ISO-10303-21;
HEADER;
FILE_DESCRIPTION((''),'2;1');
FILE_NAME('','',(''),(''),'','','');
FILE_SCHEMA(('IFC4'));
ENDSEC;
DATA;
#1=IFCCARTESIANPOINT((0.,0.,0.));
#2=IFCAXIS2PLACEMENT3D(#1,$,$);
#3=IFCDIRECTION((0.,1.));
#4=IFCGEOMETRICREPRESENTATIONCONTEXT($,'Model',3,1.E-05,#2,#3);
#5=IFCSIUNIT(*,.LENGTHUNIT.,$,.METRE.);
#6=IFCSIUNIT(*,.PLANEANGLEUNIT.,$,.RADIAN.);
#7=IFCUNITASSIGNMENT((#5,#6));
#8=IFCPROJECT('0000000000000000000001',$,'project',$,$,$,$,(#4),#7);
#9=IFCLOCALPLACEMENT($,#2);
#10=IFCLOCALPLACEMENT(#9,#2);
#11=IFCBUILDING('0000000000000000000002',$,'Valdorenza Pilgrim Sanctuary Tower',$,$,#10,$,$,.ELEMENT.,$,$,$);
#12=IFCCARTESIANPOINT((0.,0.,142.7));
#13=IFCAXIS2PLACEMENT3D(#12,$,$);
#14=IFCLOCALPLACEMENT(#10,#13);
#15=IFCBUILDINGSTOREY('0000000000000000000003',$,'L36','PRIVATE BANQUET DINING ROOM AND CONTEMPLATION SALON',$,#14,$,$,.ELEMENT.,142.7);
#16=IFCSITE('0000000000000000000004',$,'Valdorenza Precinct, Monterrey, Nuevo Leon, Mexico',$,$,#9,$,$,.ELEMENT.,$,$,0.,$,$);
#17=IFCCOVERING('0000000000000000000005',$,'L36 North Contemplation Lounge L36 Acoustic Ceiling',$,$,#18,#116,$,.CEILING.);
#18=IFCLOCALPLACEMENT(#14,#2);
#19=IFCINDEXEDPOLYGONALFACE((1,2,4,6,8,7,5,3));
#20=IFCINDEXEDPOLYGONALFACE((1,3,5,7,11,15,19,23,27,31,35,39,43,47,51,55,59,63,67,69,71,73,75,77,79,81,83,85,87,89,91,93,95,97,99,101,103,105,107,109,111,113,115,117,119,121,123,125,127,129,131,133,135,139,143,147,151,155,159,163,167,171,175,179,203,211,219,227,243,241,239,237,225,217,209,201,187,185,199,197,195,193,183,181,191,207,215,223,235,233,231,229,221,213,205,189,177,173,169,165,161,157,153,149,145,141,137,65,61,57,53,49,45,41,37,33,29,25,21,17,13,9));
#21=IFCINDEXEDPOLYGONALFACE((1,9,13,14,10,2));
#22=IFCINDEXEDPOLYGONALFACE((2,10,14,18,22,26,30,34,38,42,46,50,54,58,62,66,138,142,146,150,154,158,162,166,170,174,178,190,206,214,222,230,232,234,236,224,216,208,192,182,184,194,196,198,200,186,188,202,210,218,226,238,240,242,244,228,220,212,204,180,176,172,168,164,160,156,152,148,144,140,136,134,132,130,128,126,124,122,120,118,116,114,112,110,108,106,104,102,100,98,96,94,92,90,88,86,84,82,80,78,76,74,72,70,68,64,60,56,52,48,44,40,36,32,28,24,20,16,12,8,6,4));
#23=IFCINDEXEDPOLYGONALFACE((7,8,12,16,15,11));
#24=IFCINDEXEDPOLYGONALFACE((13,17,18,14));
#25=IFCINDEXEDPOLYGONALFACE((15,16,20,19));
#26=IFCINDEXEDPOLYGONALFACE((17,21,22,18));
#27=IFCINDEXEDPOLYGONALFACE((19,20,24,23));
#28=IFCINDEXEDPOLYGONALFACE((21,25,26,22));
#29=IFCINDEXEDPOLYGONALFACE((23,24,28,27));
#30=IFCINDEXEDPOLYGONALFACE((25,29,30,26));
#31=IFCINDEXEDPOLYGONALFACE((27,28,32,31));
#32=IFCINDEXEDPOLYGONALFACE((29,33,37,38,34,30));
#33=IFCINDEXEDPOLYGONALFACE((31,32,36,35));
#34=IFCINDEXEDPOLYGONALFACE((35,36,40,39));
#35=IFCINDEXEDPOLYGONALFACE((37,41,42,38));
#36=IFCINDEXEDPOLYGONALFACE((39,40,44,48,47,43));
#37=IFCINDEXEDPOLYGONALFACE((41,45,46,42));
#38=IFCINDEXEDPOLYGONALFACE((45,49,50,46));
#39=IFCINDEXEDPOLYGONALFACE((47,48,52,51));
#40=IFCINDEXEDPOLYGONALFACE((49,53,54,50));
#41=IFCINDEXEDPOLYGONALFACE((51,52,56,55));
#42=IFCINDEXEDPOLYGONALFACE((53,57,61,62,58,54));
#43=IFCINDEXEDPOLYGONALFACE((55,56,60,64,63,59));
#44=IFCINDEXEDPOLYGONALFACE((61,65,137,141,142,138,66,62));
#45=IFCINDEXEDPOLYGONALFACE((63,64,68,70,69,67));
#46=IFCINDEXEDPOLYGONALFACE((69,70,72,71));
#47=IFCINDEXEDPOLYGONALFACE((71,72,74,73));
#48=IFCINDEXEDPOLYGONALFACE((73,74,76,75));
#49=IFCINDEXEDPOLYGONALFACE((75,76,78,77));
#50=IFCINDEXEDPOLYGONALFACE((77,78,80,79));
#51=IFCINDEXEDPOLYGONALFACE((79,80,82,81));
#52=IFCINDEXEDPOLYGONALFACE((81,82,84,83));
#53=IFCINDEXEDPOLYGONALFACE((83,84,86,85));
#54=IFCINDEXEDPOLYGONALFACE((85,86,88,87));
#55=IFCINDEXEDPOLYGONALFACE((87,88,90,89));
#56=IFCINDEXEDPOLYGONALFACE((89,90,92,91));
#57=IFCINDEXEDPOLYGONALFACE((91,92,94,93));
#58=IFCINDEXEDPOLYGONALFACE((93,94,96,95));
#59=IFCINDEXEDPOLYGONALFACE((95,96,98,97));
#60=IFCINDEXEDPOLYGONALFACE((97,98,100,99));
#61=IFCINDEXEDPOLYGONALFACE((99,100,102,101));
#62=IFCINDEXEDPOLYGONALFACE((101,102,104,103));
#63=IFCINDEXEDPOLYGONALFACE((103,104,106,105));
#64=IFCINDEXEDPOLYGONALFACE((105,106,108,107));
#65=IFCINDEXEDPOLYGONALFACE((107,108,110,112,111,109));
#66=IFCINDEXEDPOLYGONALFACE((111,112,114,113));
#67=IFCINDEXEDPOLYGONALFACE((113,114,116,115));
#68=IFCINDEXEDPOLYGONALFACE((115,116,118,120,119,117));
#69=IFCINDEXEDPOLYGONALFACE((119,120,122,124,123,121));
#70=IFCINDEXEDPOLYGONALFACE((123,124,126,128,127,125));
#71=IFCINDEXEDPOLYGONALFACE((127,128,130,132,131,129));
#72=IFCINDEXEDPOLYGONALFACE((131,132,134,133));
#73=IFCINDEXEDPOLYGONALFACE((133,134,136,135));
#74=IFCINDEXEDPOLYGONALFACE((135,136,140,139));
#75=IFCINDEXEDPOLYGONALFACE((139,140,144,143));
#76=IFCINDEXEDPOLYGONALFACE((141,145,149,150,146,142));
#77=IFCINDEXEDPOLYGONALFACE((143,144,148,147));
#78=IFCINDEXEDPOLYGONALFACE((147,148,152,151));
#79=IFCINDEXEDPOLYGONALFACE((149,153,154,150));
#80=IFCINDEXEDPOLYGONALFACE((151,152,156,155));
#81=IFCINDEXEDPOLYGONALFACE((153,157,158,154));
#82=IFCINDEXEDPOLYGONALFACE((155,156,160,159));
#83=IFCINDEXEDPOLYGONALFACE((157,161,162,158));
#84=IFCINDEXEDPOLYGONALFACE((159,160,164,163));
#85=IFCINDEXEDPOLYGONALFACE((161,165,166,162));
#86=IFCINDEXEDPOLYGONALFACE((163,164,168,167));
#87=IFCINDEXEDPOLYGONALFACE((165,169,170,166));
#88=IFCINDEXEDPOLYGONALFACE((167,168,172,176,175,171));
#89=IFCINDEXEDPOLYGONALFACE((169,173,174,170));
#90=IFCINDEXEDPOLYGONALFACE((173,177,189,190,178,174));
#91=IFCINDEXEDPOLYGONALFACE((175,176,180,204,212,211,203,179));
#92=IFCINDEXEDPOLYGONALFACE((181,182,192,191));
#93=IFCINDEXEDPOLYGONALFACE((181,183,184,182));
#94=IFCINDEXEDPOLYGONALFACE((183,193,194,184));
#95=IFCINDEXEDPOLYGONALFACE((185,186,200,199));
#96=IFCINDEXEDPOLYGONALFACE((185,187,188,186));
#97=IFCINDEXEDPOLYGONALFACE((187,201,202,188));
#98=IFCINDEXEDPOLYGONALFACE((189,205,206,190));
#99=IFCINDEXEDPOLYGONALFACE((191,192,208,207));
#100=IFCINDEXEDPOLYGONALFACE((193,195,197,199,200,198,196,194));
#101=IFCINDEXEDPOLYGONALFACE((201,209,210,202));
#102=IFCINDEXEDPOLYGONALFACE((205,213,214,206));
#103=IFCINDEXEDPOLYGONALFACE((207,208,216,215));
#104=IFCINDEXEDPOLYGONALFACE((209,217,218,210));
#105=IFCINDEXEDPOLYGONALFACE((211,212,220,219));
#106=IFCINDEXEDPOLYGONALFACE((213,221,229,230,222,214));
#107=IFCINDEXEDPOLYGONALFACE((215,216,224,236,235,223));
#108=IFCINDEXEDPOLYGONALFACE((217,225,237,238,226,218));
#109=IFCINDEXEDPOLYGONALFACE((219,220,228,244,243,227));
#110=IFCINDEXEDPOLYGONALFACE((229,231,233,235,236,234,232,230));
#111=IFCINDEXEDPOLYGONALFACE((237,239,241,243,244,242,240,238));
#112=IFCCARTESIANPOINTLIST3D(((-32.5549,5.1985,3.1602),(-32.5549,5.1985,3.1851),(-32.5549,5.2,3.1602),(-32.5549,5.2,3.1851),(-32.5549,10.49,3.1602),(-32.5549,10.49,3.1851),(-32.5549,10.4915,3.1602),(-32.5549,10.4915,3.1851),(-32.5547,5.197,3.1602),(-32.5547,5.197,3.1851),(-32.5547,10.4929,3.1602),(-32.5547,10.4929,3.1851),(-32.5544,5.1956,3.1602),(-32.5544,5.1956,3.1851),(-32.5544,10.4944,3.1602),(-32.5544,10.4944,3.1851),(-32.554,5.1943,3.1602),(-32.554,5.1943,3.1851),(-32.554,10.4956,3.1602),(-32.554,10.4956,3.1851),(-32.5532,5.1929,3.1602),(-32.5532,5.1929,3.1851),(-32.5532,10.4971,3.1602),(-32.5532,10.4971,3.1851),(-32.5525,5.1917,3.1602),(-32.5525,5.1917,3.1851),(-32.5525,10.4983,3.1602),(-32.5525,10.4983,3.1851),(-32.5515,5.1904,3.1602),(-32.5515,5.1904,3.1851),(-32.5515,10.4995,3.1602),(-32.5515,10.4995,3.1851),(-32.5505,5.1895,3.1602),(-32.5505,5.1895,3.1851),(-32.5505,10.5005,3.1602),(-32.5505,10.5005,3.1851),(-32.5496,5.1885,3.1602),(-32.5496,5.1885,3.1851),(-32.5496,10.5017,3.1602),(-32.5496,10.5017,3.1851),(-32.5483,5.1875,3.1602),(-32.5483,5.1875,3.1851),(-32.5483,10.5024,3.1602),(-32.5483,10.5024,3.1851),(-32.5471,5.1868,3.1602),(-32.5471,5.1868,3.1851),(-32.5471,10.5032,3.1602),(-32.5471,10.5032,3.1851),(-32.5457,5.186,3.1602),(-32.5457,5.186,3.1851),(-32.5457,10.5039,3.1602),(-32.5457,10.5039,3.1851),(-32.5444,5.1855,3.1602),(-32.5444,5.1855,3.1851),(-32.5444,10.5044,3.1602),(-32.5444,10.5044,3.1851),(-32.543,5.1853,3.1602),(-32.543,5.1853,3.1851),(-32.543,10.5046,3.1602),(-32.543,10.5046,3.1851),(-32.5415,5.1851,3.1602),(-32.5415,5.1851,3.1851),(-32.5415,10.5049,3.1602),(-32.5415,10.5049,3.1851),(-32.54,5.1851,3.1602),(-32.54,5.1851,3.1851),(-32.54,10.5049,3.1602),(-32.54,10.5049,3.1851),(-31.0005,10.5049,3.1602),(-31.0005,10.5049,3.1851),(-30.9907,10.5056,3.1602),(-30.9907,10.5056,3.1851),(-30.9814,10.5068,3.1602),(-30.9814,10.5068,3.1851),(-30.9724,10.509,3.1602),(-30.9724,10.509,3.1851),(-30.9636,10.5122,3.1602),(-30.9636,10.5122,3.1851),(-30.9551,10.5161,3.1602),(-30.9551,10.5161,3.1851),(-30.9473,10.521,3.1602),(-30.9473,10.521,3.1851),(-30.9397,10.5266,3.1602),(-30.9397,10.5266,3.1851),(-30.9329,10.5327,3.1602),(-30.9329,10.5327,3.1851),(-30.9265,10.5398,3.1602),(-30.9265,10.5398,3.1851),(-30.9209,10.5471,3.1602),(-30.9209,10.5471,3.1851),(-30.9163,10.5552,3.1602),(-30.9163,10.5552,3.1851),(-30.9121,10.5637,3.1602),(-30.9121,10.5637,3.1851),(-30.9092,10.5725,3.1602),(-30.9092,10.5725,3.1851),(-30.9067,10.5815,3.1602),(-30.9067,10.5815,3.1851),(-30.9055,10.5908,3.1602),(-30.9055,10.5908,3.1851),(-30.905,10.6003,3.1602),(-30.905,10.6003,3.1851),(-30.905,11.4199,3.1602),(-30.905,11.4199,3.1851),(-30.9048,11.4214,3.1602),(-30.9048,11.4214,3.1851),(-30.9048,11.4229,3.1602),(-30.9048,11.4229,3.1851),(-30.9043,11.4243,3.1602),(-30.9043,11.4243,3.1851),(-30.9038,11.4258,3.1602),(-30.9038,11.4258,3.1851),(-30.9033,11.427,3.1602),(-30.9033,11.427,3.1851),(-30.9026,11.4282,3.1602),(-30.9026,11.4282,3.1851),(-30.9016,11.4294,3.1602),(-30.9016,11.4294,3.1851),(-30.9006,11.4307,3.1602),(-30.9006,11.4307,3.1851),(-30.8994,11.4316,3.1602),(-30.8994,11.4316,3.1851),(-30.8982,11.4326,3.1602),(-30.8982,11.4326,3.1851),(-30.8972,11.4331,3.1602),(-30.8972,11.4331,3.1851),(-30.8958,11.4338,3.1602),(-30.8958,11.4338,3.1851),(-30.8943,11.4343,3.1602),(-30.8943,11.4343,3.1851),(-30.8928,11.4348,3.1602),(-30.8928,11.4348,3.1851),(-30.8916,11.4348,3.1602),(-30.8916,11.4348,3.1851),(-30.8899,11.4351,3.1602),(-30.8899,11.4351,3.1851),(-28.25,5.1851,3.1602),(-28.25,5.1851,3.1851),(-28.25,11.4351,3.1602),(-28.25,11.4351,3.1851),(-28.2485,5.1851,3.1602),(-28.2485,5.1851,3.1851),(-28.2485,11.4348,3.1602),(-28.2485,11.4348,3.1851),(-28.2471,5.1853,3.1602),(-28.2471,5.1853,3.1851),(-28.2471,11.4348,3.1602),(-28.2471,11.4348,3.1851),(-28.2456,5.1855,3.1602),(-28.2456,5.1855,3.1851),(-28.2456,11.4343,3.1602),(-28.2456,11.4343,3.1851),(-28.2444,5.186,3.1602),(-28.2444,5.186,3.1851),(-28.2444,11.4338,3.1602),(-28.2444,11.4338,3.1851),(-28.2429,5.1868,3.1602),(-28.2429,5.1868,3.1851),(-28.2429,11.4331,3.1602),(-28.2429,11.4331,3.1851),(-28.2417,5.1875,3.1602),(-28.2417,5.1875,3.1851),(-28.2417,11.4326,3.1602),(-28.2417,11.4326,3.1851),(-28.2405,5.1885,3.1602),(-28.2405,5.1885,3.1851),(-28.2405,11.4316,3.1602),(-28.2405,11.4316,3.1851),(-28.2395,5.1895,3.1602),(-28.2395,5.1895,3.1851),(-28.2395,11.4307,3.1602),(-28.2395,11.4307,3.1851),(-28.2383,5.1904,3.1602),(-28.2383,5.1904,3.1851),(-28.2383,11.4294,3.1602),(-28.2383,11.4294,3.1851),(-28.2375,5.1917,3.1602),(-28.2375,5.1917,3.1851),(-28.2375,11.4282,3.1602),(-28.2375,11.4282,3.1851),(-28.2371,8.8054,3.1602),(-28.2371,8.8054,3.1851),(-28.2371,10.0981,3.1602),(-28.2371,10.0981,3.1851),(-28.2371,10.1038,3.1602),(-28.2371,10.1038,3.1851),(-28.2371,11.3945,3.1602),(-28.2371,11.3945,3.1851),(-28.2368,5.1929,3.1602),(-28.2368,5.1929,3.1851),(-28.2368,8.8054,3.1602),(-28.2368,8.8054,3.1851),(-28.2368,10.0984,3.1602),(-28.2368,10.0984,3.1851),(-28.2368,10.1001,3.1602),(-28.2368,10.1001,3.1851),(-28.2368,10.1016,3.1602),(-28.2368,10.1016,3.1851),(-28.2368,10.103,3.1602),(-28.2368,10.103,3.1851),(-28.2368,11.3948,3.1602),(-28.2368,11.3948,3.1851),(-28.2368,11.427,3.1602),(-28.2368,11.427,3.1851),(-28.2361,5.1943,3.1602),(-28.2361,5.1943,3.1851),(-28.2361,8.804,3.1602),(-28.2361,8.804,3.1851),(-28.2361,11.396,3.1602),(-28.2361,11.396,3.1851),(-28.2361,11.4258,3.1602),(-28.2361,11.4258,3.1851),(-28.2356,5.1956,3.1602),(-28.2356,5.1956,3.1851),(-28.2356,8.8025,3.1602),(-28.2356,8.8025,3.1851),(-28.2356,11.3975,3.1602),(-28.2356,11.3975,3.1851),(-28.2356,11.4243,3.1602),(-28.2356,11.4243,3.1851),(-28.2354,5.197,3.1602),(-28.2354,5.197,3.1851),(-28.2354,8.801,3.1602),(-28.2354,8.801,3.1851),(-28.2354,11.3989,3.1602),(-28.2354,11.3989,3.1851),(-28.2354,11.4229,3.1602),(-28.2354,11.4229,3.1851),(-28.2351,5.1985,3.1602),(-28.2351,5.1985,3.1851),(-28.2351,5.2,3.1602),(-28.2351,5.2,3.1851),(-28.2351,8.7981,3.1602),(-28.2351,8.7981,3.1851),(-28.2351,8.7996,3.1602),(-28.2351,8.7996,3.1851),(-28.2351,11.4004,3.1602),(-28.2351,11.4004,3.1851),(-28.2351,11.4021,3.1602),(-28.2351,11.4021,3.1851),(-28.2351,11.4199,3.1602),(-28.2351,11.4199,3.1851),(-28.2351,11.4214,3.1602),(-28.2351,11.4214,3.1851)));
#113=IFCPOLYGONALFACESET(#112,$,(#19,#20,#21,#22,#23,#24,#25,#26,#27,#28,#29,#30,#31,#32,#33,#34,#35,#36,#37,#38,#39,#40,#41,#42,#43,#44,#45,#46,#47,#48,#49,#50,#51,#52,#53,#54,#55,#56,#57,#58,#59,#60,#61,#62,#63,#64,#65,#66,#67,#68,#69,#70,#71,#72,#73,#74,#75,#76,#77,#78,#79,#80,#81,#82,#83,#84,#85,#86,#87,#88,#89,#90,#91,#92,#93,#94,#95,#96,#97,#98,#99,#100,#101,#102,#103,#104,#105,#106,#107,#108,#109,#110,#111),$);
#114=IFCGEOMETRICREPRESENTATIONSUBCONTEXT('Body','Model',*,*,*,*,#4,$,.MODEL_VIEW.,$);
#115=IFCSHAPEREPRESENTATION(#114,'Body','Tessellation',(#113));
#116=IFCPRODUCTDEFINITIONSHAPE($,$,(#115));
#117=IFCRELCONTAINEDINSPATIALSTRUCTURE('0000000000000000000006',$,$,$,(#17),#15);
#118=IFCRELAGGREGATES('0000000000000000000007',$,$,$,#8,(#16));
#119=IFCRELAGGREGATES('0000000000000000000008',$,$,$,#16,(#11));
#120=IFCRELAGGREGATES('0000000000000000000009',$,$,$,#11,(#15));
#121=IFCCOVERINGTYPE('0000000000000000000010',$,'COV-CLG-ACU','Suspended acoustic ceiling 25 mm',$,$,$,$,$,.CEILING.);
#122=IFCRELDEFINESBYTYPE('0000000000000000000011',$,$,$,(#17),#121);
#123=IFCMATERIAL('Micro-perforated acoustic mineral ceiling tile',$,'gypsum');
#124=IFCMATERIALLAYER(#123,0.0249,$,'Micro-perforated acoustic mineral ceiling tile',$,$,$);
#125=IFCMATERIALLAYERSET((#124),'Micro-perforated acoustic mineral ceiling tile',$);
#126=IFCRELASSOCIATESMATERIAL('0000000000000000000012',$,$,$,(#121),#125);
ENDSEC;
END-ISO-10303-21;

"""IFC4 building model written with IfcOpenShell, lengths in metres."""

from ifc_helpers import new_model, si_unit, direction, frame, origin, place, context, subcontext, project, spatial, polyline, outline, extrude, material, layer, layer_set, type_object, element, save


model = new_model("IFC4")

# Units and contexts
model_context = context("Model", 3, precision=1e-05, world=origin(), true_north=direction((0.0, 1.0)))
body_context = subcontext(model_context, "Body", "Model", "MODEL_VIEW")
ifc_project = project(units=[si_unit("LENGTHUNIT", "METRE"), si_unit("PLANEANGLEUNIT", "RADIAN")], contexts=[model_context])

# Site, building, storey
site_placement = place(None, origin())
site = spatial("IfcSite", under=ifc_project, at=site_placement, Name="Valdorenza Precinct, Monterrey, Nuevo Leon, Mexico", CompositionType="ELEMENT", RefElevation=0.0)
building_placement = place(site_placement, origin())
building = spatial("IfcBuilding", under=site, at=building_placement, Name="Valdorenza Pilgrim Sanctuary Tower", CompositionType="ELEMENT")
storey_placement = place(building_placement, frame((0.0, 0.0, 142.7)))
storey = spatial("IfcBuildingStorey", under=building, at=storey_placement, Name="L36", Description="PRIVATE BANQUET DINING ROOM AND CONTEMPLATION SALON", CompositionType="ELEMENT", Elevation=142.7)

# Covering
ifc_material_1 = material(Name="Micro-perforated acoustic mineral ceiling tile", Category="gypsum")
ifc_layer_1 = layer(ifc_material_1, 0.0249, Name="Micro-perforated acoustic mineral ceiling tile")
ifc_layer_set_1 = layer_set([ifc_layer_1], Name="Micro-perforated acoustic mineral ceiling tile")
covering_type_1 = type_object("IfcCoveringType", Name="COV-CLG-ACU", Description="Suspended acoustic ceiling 25 mm", PredefinedType="CEILING", material=ifc_layer_set_1)
covering_1_placement = place(storey_placement, frame((0.0, 0.0, 3.1602)))
element("IfcCovering", 1, at=covering_1_placement, inside=storey, type_object=covering_type_1, Name="L36 North Contemplation Lounge L36 Acoustic Ceiling", PredefinedType="CEILING", context=body_context, shape_type="SweptSolid", body=[
    extrude(outline(polyline([(-28.2371, 8.8054), (-28.2368, 8.8054), (-28.2361, 8.804), (-28.2356, 8.8025), (-28.2354, 8.801), (-28.2351, 8.7996), (-28.2351, 8.7981), (-28.2351, 5.2), (-28.2351, 5.1985), (-28.2354, 5.197), (-28.2356, 5.1956), (-28.2361, 5.1943), (-28.2368, 5.1929), (-28.2375, 5.1917), (-28.2383, 5.1904), (-28.2395, 5.1895), (-28.2405, 5.1885), (-28.2417, 5.1875), (-28.2429, 5.1868), (-28.2444, 5.186), (-28.2456, 5.1855), (-28.2471, 5.1853), (-28.2485, 5.1851), (-28.25, 5.1851), (-32.54, 5.1851), (-32.5415, 5.1851), (-32.543, 5.1853), (-32.5444, 5.1855), (-32.5457, 5.186), (-32.5471, 5.1868), (-32.5483, 5.1875), (-32.5496, 5.1885), (-32.5505, 5.1895), (-32.5515, 5.1904), (-32.5525, 5.1917), (-32.5532, 5.1929), (-32.554, 5.1943), (-32.5544, 5.1956), (-32.5547, 5.197), (-32.5549, 5.1985), (-32.5549, 5.2), (-32.5549, 10.49), (-32.5549, 10.4915), (-32.5547, 10.4929), (-32.5544, 10.4944), (-32.554, 10.4956), (-32.5532, 10.4971), (-32.5525, 10.4983), (-32.5515, 10.4995), (-32.5505, 10.5005), (-32.5496, 10.5017), (-32.5483, 10.5024), (-32.5471, 10.5032), (-32.5457, 10.5039), (-32.5444, 10.5044), (-32.543, 10.5046), (-32.5415, 10.5049), (-32.54, 10.5049), (-31.0005, 10.5049), (-30.9907, 10.5056), (-30.9814, 10.5068), (-30.9724, 10.509), (-30.9636, 10.5122), (-30.9551, 10.5161), (-30.9473, 10.521), (-30.9397, 10.5266), (-30.9329, 10.5327), (-30.9265, 10.5398), (-30.9209, 10.5471), (-30.9163, 10.5552), (-30.9121, 10.5637), (-30.9092, 10.5725), (-30.9067, 10.5815), (-30.9055, 10.5908), (-30.905, 10.6003), (-30.905, 11.4199), (-30.9048, 11.4214), (-30.9048, 11.4229), (-30.9043, 11.4243), (-30.9038, 11.4258), (-30.9033, 11.427), (-30.9026, 11.4282), (-30.9016, 11.4294), (-30.9006, 11.4307), (-30.8994, 11.4316), (-30.8982, 11.4326), (-30.8972, 11.4331), (-30.8958, 11.4338), (-30.8943, 11.4343), (-30.8928, 11.4348), (-30.8916, 11.4348), (-30.8899, 11.4351), (-28.25, 11.4351), (-28.2485, 11.4348), (-28.2471, 11.4348), (-28.2456, 11.4343), (-28.2444, 11.4338), (-28.2429, 11.4331), (-28.2417, 11.4326), (-28.2405, 11.4316), (-28.2395, 11.4307), (-28.2383, 11.4294), (-28.2375, 11.4282), (-28.2368, 11.427), (-28.2361, 11.4258), (-28.2356, 11.4243), (-28.2354, 11.4229), (-28.2351, 11.4214), (-28.2351, 11.4199), (-28.2351, 11.4021), (-28.2351, 11.4004), (-28.2354, 11.3989), (-28.2356, 11.3975), (-28.2361, 11.396), (-28.2368, 11.3948), (-28.2371, 11.3945), (-28.2371, 10.1038), (-28.2368, 10.103), (-28.2368, 10.1016), (-28.2368, 10.1001), (-28.2368, 10.0984), (-28.2371, 10.0981), (-28.2371, 8.8054)])), origin(), (0.0, 0.0, 1.0), 0.0249),
])

save(model, "model.ifc")
